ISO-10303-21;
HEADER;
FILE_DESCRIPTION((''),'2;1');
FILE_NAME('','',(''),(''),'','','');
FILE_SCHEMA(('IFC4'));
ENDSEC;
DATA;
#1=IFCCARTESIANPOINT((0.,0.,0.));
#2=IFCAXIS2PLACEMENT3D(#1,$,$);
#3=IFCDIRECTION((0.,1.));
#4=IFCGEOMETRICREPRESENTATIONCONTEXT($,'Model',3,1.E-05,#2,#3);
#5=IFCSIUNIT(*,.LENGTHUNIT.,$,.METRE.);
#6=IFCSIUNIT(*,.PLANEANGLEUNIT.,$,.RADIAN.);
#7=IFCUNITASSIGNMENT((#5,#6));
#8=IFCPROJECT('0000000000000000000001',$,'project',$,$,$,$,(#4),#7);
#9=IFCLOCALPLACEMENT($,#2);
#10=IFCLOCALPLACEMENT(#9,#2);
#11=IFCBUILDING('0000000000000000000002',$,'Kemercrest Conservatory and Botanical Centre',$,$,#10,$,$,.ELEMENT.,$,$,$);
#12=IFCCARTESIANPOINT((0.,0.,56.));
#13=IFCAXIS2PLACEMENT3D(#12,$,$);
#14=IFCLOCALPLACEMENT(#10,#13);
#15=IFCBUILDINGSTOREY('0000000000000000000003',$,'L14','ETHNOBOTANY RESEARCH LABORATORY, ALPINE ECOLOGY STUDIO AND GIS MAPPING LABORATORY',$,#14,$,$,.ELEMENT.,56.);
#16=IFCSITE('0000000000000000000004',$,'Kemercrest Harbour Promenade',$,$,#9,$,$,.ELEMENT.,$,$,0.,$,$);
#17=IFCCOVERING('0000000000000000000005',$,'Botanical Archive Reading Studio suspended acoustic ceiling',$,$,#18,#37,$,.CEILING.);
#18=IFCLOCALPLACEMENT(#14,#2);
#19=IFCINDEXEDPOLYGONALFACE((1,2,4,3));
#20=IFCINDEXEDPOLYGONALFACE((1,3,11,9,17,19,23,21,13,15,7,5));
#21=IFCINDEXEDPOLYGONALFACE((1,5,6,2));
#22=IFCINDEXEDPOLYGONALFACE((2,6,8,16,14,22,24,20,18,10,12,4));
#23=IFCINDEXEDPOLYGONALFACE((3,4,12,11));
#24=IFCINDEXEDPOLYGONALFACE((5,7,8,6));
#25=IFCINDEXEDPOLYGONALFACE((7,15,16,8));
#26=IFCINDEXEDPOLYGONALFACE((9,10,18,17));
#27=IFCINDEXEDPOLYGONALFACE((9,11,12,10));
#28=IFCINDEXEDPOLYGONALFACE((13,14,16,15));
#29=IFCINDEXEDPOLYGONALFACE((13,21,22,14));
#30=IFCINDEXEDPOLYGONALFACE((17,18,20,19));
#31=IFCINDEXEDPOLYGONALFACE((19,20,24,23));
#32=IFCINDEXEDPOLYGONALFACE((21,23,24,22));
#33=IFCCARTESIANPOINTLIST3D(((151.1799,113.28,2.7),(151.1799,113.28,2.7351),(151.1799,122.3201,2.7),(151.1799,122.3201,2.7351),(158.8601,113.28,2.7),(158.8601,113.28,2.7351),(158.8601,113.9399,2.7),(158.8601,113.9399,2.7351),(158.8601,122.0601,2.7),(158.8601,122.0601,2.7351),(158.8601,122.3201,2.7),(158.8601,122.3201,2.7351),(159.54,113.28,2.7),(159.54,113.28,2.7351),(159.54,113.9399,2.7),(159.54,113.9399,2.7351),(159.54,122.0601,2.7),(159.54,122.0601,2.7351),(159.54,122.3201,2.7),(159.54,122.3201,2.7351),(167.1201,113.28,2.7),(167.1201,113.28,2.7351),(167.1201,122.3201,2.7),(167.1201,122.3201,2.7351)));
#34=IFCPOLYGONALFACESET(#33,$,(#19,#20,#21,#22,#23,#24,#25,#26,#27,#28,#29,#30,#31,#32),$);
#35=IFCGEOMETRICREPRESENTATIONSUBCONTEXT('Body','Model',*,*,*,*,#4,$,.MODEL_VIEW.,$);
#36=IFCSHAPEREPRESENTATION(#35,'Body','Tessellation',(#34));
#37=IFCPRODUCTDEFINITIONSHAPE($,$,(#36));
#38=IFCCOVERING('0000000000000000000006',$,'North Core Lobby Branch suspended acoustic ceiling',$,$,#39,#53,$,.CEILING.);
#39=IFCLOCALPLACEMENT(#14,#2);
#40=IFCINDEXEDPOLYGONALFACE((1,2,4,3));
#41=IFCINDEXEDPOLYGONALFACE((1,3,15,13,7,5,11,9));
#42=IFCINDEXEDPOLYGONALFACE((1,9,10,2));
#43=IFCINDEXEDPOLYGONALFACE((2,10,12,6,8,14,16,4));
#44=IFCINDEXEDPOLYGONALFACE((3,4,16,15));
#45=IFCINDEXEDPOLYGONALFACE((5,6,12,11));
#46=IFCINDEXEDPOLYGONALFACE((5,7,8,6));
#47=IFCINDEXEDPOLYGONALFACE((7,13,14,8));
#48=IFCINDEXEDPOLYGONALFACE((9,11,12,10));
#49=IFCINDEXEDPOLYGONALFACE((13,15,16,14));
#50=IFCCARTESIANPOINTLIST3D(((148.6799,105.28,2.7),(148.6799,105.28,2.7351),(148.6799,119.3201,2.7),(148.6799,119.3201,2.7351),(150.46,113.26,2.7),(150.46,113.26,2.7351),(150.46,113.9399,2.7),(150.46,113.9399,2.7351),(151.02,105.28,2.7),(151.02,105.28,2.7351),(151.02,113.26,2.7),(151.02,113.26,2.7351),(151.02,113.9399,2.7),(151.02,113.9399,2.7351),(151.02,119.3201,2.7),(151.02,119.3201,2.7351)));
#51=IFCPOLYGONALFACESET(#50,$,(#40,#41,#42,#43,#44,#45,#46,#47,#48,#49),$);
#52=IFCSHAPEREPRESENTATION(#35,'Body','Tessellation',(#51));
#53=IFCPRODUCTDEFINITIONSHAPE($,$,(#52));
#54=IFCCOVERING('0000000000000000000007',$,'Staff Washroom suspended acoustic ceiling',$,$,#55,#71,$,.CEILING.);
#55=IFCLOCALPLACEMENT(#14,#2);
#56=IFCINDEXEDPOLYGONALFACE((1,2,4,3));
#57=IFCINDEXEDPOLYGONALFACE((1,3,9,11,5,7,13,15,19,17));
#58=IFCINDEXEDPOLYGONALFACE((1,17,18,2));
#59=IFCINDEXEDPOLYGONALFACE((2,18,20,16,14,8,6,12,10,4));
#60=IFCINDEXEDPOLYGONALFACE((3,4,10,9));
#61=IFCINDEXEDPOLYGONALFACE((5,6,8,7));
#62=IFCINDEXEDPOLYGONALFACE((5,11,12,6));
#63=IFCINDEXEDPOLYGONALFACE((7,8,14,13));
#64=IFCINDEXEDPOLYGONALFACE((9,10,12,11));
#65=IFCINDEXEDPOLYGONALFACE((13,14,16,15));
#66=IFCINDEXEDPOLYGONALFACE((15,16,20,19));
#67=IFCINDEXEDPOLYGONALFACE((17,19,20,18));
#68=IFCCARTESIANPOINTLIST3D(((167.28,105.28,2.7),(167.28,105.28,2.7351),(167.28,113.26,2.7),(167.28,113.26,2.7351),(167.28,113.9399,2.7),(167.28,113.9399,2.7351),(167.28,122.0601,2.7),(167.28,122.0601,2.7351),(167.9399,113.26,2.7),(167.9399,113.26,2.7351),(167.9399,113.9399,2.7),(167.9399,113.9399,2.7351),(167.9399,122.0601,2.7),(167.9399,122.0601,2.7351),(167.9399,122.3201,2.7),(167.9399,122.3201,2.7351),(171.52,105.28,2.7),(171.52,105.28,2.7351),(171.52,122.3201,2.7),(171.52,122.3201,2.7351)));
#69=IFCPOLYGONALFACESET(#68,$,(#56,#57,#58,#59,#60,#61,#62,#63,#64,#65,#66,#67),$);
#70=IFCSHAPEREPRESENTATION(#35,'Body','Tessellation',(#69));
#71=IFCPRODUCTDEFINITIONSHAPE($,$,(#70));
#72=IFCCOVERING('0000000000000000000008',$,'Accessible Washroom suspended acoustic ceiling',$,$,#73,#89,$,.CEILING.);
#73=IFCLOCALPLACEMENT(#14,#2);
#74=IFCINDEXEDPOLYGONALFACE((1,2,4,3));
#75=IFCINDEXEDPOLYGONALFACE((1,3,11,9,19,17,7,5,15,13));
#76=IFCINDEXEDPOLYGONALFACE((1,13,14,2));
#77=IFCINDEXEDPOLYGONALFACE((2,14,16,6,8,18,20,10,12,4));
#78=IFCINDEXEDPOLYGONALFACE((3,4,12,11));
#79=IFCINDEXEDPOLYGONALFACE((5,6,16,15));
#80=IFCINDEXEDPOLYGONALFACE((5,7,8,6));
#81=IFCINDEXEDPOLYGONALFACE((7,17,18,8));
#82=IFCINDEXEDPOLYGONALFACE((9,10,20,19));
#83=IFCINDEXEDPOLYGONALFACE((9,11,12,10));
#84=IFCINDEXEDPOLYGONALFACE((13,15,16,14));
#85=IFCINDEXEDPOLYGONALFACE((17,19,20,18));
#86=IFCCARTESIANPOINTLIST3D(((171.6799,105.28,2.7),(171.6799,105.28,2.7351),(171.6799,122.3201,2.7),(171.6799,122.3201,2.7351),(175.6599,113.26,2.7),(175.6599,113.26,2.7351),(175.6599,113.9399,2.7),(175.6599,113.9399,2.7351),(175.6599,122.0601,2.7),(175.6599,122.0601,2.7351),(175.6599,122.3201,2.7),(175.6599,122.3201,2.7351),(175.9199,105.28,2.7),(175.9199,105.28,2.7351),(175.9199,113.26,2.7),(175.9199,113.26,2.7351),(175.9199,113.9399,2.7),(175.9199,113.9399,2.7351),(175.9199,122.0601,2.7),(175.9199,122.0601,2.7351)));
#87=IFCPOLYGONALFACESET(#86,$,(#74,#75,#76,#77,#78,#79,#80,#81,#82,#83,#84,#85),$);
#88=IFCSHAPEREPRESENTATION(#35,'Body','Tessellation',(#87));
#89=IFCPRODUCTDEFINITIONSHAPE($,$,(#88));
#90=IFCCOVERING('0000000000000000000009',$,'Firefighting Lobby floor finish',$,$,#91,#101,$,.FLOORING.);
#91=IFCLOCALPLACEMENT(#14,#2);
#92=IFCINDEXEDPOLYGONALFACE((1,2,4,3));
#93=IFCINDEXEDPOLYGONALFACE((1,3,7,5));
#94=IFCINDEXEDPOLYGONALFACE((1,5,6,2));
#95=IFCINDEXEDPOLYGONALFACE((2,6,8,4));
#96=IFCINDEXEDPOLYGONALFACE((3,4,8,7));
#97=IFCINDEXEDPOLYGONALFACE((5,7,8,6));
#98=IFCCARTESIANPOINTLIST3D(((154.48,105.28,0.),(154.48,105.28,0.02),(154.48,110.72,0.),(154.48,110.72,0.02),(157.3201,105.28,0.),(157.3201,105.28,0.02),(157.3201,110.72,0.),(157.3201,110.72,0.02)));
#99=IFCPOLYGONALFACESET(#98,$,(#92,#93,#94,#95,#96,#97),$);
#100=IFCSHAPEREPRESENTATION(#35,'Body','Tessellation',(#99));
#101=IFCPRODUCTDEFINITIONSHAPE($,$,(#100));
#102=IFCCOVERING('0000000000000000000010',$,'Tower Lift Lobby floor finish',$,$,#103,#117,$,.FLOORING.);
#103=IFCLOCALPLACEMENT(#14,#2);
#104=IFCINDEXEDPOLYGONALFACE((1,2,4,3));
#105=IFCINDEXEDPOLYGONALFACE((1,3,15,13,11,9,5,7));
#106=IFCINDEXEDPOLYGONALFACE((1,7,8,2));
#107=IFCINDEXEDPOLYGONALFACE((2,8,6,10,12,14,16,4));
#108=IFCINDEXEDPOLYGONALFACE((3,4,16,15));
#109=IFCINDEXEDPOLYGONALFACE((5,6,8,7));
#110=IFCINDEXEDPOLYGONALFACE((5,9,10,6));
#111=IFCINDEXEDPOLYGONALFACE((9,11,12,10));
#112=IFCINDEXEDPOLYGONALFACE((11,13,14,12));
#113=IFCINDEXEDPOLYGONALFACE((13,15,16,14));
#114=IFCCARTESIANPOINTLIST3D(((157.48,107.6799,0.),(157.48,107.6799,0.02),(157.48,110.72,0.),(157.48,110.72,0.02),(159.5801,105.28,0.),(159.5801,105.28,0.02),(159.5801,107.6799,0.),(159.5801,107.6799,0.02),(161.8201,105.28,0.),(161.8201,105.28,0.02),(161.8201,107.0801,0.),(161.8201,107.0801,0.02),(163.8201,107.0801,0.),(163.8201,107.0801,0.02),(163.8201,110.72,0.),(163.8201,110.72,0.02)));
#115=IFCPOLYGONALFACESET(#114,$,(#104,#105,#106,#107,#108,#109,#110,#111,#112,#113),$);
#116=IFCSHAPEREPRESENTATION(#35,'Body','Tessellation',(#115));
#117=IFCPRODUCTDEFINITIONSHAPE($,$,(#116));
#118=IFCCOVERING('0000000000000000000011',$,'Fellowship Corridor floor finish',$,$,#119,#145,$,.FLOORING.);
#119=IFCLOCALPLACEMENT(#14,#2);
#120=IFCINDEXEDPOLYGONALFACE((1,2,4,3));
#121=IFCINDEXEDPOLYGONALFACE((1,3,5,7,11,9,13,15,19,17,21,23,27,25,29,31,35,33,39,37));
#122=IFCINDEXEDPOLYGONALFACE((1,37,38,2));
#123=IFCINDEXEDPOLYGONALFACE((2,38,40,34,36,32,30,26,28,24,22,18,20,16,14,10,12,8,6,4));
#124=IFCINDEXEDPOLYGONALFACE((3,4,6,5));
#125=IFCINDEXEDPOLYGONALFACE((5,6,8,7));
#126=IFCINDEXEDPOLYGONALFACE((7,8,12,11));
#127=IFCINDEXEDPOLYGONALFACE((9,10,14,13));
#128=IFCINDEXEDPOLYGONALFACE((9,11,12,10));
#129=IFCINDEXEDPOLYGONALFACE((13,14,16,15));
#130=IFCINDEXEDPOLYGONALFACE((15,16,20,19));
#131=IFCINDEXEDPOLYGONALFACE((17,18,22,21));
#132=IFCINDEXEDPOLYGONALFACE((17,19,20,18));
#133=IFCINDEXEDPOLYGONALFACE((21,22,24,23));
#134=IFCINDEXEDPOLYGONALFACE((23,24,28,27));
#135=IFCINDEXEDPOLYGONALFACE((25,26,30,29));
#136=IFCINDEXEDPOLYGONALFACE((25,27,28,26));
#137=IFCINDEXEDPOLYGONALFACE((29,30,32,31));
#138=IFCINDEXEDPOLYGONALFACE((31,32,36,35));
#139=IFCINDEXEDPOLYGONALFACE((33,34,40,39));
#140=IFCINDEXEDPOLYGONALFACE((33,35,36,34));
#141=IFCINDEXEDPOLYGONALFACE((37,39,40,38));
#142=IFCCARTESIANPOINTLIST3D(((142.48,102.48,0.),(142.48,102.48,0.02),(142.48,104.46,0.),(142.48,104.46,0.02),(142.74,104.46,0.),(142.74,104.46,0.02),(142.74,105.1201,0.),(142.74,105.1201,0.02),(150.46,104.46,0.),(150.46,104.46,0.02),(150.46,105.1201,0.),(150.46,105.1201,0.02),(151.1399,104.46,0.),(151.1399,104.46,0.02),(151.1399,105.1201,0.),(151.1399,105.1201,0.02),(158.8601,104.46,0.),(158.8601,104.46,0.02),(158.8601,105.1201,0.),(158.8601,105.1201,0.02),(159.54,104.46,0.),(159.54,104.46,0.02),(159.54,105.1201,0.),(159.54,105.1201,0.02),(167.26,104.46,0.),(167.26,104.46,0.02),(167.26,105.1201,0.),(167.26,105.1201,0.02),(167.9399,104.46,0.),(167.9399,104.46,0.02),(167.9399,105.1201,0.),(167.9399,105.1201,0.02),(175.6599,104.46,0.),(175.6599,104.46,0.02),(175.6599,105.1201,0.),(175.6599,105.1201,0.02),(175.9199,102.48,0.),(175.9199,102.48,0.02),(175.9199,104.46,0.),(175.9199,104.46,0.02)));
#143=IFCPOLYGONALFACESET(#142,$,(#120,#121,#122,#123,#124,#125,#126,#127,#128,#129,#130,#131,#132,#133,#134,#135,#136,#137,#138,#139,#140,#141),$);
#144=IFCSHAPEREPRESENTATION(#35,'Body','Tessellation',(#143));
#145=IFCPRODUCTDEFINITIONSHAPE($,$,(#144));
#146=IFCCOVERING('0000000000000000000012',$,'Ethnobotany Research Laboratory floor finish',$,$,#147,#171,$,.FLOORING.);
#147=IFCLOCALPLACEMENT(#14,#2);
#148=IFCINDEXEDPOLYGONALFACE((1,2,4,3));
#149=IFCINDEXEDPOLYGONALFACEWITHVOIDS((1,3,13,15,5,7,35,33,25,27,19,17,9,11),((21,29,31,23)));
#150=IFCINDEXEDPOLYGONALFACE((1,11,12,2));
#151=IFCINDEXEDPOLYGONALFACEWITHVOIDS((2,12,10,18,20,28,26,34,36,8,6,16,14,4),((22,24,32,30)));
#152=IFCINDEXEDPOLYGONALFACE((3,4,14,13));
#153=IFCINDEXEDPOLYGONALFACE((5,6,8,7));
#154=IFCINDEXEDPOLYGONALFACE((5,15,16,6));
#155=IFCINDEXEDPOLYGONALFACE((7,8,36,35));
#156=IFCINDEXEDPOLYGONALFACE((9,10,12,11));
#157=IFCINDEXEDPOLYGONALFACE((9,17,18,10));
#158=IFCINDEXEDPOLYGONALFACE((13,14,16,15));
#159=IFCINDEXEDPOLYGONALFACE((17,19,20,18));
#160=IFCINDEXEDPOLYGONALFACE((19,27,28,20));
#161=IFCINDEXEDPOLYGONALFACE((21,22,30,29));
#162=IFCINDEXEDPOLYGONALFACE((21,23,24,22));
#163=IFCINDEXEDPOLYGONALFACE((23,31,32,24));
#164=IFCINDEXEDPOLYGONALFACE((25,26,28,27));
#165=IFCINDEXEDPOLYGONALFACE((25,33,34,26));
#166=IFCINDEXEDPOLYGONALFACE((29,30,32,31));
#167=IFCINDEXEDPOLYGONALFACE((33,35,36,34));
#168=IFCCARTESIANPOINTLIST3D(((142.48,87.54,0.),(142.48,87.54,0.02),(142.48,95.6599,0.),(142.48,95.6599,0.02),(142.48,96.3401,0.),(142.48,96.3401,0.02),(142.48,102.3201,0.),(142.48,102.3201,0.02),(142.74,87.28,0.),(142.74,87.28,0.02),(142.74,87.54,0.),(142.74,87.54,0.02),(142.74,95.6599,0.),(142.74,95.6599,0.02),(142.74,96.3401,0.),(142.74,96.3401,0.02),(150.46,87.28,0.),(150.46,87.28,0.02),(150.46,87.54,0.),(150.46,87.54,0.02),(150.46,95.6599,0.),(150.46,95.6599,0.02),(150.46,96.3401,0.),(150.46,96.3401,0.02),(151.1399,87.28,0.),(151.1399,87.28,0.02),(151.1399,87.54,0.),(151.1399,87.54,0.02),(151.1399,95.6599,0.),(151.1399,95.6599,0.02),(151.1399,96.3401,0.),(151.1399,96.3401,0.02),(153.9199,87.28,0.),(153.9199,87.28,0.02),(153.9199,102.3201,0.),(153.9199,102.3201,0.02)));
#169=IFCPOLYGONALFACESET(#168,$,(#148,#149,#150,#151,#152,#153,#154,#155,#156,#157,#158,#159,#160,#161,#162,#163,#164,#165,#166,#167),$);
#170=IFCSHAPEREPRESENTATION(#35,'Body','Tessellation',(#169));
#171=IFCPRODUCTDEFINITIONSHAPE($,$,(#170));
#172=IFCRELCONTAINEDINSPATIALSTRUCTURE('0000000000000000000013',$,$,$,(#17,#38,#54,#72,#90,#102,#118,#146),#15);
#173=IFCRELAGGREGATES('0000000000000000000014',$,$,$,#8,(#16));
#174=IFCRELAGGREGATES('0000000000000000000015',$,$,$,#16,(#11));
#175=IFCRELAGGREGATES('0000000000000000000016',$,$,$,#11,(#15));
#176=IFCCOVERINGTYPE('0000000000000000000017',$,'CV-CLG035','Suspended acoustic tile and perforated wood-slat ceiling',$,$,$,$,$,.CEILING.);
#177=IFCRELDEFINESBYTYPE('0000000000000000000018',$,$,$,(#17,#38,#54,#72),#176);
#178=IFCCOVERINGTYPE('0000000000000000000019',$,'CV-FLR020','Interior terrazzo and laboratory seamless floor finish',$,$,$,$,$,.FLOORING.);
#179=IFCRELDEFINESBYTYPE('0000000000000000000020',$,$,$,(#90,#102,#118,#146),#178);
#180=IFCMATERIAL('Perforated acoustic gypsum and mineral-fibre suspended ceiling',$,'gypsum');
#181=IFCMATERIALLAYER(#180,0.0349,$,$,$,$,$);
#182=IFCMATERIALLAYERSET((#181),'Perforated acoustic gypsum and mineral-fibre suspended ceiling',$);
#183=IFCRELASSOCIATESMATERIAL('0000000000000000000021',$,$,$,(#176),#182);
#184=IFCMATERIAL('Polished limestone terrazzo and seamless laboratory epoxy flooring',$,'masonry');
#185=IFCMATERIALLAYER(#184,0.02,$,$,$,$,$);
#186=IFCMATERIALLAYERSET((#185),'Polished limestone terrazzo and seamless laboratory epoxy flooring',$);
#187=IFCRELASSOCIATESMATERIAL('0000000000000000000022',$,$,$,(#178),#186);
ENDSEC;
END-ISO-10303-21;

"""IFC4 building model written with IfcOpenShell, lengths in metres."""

from ifc_helpers import new_model, si_unit, direction, frame, origin, place, context, subcontext, project, spatial, polyline, outline, extrude, material, layer, layer_set, type_object, element, save


model = new_model("IFC4")

# Units and contexts
model_context = context("Model", 3, precision=1e-05, world=origin(), true_north=direction((0.0, 1.0)))
body_context = subcontext(model_context, "Body", "Model", "MODEL_VIEW")
ifc_project = project(units=[si_unit("LENGTHUNIT", "METRE"), si_unit("PLANEANGLEUNIT", "RADIAN")], contexts=[model_context])

# Site, building, storey
site_placement = place(None, origin())
site = spatial("IfcSite", under=ifc_project, at=site_placement, Name="Kemercrest Harbour Promenade", CompositionType="ELEMENT", RefElevation=0.0)
building_placement = place(site_placement, origin())
building = spatial("IfcBuilding", under=site, at=building_placement, Name="Kemercrest Conservatory and Botanical Centre", CompositionType="ELEMENT")
storey_placement = place(building_placement, frame((0.0, 0.0, 56.0)))
storey = spatial("IfcBuildingStorey", under=building, at=storey_placement, Name="L14", Description="ETHNOBOTANY RESEARCH LABORATORY, ALPINE ECOLOGY STUDIO AND GIS MAPPING LABORATORY", CompositionType="ELEMENT", Elevation=56.0)

# Coverings
ifc_material_1 = material(Name="Perforated acoustic gypsum and mineral-fibre suspended ceiling", Category="gypsum")
ifc_layer_1 = layer(ifc_material_1, 0.0349)
ifc_layer_set_1 = layer_set([ifc_layer_1], Name="Perforated acoustic gypsum and mineral-fibre suspended ceiling")
covering_type_1 = type_object("IfcCoveringType", Name="CV-CLG035", Description="Suspended acoustic tile and perforated wood-slat ceiling", PredefinedType="CEILING", material=ifc_layer_set_1)
covering_1_placement = place(storey_placement, frame((0.0, 0.0, 2.7)))
element("IfcCovering", 1, at=covering_1_placement, inside=storey, type_object=covering_type_1, Name="Botanical Archive Reading Studio suspended acoustic ceiling", PredefinedType="CEILING", context=body_context, shape_type="SweptSolid", body=[
    extrude(outline(polyline([(159.54, 113.28), (167.1201, 113.28), (167.1201, 122.3201), (159.54, 122.3201), (159.54, 122.0601), (158.8601, 122.0601), (158.8601, 122.3201), (151.1799, 122.3201), (151.1799, 113.28), (158.8601, 113.28), (158.8601, 113.9399), (159.54, 113.9399), (159.54, 113.28)])), origin(), (0.0, 0.0, 1.0), 0.0352),
])
covering_2_placement = place(storey_placement, frame((0.0, 0.0, 2.7)))
element("IfcCovering", 2, at=covering_2_placement, inside=storey, type_object=covering_type_1, Name="North Core Lobby Branch suspended acoustic ceiling", PredefinedType="CEILING", context=body_context, shape_type="SweptSolid", body=[
    extrude(outline(polyline([(148.6799, 105.28), (151.02, 105.28), (151.02, 113.26), (150.46, 113.26), (150.46, 113.9399), (151.02, 113.9399), (151.02, 119.3201), (148.6799, 119.3201), (148.6799, 105.28)])), origin(), (0.0, 0.0, 1.0), 0.0352),
])
covering_3_placement = place(storey_placement, frame((0.0, 0.0, 2.7)))
element("IfcCovering", 3, at=covering_3_placement, inside=storey, type_object=covering_type_1, Name="Staff Washroom suspended acoustic ceiling", PredefinedType="CEILING", context=body_context, shape_type="SweptSolid", body=[
    extrude(outline(polyline([(167.28, 105.28), (171.52, 105.28), (171.52, 122.3201), (167.9399, 122.3201), (167.9399, 122.0601), (167.28, 122.0601), (167.28, 113.9399), (167.9399, 113.9399), (167.9399, 113.26), (167.28, 113.26), (167.28, 105.28)])), origin(), (0.0, 0.0, 1.0), 0.0352),
])
covering_4_placement = place(storey_placement, frame((0.0, 0.0, 2.7)))
element("IfcCovering", 4, at=covering_4_placement, inside=storey, type_object=covering_type_1, Name="Accessible Washroom suspended acoustic ceiling", PredefinedType="CEILING", context=body_context, shape_type="SweptSolid", body=[
    extrude(outline(polyline([(171.6799, 105.28), (175.9199, 105.28), (175.9199, 113.26), (175.6599, 113.26), (175.6599, 113.9399), (175.9199, 113.9399), (175.9199, 122.0601), (175.6599, 122.0601), (175.6599, 122.3201), (171.6799, 122.3201), (171.6799, 105.28)])), origin(), (0.0, 0.0, 1.0), 0.0352),
])
ifc_material_2 = material(Name="Polished limestone terrazzo and seamless laboratory epoxy flooring", Category="masonry")
ifc_layer_2 = layer(ifc_material_2, 0.02)
ifc_layer_set_2 = layer_set([ifc_layer_2], Name="Polished limestone terrazzo and seamless laboratory epoxy flooring")
covering_type_2 = type_object("IfcCoveringType", Name="CV-FLR020", Description="Interior terrazzo and laboratory seamless floor finish", PredefinedType="FLOORING", material=ifc_layer_set_2)
covering_5_placement = place(storey_placement, origin())
element("IfcCovering", 5, at=covering_5_placement, inside=storey, type_object=covering_type_2, Name="Firefighting Lobby floor finish", PredefinedType="FLOORING", context=body_context, shape_type="SweptSolid", body=[
    extrude(outline(polyline([(154.48, 105.28), (157.3201, 105.28), (157.3201, 110.72), (154.48, 110.72), (154.48, 105.28)])), origin(), (0.0, 0.0, 1.0), 0.02),
])
covering_6_placement = place(storey_placement, origin())
element("IfcCovering", 6, at=covering_6_placement, inside=storey, type_object=covering_type_2, Name="Tower Lift Lobby floor finish", PredefinedType="FLOORING", context=body_context, shape_type="SweptSolid", body=[
    extrude(outline(polyline([(159.5801, 107.6799), (159.5801, 105.28), (161.8201, 105.28), (161.8201, 107.0801), (163.8201, 107.0801), (163.8201, 110.72), (157.48, 110.72), (157.48, 107.6799), (159.5801, 107.6799)])), origin(), (0.0, 0.0, 1.0), 0.02),
])
covering_7_placement = place(storey_placement, origin())
element("IfcCovering", 7, at=covering_7_placement, inside=storey, type_object=covering_type_2, Name="Fellowship Corridor floor finish", PredefinedType="FLOORING", context=body_context, shape_type="SweptSolid", body=[
    extrude(outline(polyline([(142.48, 102.48), (175.9199, 102.48), (175.9199, 104.46), (175.6599, 104.46), (175.6599, 105.1201), (167.9399, 105.1201), (167.9399, 104.46), (167.26, 104.46), (167.26, 105.1201), (159.54, 105.1201), (159.54, 104.46), (158.8601, 104.46), (158.8601, 105.1201), (151.1399, 105.1201), (151.1399, 104.46), (150.46, 104.46), (150.46, 105.1201), (142.74, 105.1201), (142.74, 104.46), (142.48, 104.46), (142.48, 102.48)])), origin(), (0.0, 0.0, 1.0), 0.02),
])
covering_8_placement = place(storey_placement, origin())
element("IfcCovering", 8, at=covering_8_placement, inside=storey, type_object=covering_type_2, Name="Ethnobotany Research Laboratory floor finish", PredefinedType="FLOORING", context=body_context, shape_type="SweptSolid", body=[
    extrude(outline(polyline([(150.46, 87.54), (151.1399, 87.54), (151.1399, 87.28), (153.9199, 87.28), (153.9199, 102.3201), (142.48, 102.3201), (142.48, 96.3401), (142.74, 96.3401), (142.74, 95.6599), (142.48, 95.6599), (142.48, 87.54), (142.74, 87.54), (142.74, 87.28), (150.46, 87.28), (150.46, 87.54)]), holes=[polyline([(150.46, 95.6599), (150.46, 96.3401), (151.1399, 96.3401), (151.1399, 95.6599), (150.46, 95.6599)])]), origin(), (0.0, 0.0, 1.0), 0.02),
])

save(model, "model.ifc")
